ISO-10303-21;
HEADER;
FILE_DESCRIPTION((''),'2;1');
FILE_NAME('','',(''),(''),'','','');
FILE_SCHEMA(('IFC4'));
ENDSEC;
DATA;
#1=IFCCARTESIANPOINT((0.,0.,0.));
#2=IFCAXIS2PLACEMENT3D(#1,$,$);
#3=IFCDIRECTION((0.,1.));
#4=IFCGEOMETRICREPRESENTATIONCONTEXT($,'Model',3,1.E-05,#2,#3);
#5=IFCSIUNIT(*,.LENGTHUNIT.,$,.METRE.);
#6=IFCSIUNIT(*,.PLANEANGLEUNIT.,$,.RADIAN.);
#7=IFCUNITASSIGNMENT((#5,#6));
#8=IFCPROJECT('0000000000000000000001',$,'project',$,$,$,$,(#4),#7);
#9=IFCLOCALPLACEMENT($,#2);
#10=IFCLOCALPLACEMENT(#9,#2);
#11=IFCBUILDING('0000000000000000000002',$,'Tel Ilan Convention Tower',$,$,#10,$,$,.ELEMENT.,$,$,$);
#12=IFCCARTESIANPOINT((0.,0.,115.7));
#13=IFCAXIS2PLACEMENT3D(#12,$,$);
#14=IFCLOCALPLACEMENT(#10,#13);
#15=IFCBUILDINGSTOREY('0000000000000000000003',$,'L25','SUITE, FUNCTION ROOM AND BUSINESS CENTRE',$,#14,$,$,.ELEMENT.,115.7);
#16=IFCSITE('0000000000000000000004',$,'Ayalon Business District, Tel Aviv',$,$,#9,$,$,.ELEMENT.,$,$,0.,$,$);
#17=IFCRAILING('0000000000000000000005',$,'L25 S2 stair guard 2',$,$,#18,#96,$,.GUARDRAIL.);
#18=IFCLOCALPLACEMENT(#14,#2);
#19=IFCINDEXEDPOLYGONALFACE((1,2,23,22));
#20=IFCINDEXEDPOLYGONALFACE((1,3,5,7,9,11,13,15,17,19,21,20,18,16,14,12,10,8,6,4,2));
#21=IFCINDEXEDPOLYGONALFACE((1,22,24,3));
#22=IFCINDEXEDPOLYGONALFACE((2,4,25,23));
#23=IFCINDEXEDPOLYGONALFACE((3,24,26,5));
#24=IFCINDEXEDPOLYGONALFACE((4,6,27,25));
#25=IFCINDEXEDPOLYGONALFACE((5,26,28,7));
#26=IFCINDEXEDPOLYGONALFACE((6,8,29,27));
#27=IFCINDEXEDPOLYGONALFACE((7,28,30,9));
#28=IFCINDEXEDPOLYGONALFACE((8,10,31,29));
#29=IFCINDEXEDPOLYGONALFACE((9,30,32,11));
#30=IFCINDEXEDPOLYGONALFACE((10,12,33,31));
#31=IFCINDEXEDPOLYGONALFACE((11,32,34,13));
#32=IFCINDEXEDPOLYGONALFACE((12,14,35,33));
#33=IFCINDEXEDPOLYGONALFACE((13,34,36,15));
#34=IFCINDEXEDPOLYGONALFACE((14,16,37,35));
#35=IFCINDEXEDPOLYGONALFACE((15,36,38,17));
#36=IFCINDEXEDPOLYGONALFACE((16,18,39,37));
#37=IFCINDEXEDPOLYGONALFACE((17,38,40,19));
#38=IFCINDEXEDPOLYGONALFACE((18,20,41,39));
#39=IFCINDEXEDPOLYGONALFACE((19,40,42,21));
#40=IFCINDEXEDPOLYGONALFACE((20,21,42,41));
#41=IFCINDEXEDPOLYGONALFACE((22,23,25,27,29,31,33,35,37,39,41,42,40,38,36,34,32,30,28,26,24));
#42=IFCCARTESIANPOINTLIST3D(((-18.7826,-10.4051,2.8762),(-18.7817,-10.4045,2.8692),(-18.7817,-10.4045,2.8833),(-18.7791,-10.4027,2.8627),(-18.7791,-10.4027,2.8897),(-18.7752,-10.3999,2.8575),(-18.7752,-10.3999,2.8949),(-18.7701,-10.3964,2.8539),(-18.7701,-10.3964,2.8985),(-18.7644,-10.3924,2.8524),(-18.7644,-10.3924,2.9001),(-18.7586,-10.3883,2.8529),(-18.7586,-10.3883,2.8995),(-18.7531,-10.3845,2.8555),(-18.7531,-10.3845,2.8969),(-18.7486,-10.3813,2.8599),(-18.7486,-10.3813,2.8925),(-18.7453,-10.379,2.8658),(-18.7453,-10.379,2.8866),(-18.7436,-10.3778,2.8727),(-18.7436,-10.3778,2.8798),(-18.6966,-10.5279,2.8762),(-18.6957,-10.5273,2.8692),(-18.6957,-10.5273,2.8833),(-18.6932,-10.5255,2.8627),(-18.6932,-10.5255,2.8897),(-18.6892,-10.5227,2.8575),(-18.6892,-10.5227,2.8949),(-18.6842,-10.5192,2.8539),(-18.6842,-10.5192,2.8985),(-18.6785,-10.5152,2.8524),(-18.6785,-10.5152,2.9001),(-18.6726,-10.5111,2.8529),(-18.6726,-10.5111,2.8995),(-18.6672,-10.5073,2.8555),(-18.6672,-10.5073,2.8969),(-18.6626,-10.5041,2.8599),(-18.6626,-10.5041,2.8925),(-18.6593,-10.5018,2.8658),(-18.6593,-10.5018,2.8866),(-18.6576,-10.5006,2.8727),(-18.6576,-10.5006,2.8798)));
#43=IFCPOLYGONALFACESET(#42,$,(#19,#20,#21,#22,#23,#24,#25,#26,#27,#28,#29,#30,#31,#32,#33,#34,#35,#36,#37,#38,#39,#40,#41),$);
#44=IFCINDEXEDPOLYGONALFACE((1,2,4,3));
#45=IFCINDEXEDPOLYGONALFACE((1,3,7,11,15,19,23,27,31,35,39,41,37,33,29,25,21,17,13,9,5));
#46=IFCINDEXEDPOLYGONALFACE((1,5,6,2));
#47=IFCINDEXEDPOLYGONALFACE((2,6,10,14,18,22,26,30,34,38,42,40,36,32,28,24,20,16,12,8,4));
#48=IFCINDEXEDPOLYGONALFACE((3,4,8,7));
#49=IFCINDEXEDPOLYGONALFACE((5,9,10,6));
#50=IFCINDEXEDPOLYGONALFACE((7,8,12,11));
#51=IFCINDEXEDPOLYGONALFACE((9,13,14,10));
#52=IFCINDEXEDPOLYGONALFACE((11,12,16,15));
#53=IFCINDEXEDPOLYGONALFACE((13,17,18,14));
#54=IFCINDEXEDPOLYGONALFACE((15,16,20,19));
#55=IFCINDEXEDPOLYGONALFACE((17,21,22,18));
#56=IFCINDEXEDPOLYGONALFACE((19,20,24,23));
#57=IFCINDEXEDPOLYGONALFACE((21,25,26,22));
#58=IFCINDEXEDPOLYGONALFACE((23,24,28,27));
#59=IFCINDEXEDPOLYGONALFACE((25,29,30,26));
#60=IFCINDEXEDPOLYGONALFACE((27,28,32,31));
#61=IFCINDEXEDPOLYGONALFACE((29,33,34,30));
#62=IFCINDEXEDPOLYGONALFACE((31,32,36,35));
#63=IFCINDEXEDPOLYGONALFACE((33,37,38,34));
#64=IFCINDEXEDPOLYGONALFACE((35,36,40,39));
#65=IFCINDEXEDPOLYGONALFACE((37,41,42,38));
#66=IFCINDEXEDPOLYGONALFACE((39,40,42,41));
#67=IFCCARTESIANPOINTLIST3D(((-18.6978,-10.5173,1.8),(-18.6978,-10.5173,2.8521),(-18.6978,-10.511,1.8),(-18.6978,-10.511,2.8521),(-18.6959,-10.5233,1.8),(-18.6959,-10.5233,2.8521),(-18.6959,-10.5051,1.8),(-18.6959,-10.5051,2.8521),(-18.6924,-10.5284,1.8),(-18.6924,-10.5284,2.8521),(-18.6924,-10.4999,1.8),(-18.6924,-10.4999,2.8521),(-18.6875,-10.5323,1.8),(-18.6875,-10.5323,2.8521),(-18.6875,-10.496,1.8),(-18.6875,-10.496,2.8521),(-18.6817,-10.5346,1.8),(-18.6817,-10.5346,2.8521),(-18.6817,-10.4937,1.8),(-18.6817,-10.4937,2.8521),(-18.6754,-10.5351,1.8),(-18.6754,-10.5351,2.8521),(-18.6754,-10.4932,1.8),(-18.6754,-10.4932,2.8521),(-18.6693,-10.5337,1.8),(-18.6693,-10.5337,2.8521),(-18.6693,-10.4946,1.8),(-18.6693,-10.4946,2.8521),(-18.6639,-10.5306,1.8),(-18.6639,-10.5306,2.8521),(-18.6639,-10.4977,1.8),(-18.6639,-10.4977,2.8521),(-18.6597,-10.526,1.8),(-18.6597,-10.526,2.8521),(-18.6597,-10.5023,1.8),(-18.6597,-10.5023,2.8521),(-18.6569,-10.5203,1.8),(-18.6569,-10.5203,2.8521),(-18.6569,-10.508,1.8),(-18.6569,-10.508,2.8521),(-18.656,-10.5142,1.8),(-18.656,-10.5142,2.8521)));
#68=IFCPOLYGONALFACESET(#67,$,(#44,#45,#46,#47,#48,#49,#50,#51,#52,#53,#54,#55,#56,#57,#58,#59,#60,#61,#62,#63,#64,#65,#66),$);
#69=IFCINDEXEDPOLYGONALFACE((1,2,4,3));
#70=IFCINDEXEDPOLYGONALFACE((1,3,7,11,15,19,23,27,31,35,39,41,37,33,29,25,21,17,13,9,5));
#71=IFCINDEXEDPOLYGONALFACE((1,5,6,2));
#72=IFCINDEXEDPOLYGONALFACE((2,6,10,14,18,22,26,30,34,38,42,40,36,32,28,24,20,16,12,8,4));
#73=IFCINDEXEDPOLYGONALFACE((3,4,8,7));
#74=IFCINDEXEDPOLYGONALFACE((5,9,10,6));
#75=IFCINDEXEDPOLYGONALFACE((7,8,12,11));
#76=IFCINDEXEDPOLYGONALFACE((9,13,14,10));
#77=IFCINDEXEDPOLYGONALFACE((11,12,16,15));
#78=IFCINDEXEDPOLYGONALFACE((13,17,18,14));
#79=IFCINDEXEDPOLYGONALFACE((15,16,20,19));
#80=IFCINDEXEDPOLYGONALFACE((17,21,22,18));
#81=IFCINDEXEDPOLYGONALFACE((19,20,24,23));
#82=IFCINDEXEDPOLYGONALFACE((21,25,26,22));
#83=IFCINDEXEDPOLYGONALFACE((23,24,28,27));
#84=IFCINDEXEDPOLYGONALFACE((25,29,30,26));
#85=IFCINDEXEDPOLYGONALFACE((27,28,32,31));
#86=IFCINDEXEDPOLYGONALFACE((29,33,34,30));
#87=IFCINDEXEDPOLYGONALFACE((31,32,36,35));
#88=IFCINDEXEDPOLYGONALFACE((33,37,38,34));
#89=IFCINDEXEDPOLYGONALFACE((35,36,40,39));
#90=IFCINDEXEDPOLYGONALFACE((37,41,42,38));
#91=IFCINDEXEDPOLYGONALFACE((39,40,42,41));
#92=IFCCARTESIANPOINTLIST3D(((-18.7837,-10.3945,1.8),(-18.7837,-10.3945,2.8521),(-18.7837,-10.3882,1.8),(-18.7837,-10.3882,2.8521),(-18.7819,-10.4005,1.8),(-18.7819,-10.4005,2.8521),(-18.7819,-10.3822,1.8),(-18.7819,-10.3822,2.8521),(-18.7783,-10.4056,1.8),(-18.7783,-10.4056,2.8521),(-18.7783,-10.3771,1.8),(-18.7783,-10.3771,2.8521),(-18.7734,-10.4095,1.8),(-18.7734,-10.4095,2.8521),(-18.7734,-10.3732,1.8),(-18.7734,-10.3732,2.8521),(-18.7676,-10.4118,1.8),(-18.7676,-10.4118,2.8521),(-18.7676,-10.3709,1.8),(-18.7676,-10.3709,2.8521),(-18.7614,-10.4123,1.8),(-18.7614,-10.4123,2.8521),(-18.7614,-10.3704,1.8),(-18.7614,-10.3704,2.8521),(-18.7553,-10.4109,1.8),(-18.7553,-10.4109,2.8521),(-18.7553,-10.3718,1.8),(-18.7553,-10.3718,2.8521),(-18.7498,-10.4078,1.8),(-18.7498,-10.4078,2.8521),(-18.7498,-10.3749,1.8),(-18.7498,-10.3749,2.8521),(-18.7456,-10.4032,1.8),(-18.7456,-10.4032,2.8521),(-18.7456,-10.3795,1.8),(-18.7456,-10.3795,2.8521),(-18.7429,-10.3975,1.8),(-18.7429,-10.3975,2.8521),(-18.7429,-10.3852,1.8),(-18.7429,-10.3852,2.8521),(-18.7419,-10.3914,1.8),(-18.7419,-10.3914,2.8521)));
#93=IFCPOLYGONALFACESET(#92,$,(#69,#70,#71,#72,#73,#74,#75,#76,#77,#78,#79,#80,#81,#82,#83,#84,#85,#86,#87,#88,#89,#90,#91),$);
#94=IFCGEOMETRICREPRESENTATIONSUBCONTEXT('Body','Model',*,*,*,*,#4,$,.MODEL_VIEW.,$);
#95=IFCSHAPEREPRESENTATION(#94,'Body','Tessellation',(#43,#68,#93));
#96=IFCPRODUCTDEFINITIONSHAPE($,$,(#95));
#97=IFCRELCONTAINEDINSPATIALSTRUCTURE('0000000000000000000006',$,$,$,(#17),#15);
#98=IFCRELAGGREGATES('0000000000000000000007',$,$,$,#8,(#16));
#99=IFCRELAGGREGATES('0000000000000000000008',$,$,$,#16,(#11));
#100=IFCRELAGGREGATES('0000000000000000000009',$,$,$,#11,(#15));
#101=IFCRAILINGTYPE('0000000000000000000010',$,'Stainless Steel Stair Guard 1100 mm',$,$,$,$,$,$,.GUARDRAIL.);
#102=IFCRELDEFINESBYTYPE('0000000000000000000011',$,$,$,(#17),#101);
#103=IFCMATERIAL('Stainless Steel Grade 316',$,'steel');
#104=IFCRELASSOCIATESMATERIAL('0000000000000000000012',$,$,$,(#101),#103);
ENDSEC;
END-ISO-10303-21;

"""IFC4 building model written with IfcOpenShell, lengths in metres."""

from ifc_helpers import new_model, si_unit, direction, frame, origin, origin_2d, place, context, subcontext, project, spatial, circle, extrude, material, type_object, element, save


model = new_model("IFC4")

# Units and contexts
model_context = context("Model", 3, precision=1e-05, world=origin(), true_north=direction((0.0, 1.0)))
body_context = subcontext(model_context, "Body", "Model", "MODEL_VIEW")
ifc_project = project(units=[si_unit("LENGTHUNIT", "METRE"), si_unit("PLANEANGLEUNIT", "RADIAN")], contexts=[model_context])

# Site, building, storey
site_placement = place(None, origin())
site = spatial("IfcSite", under=ifc_project, at=site_placement, Name="Ayalon Business District, Tel Aviv", CompositionType="ELEMENT", RefElevation=0.0)
building_placement = place(site_placement, origin())
building = spatial("IfcBuilding", under=site, at=building_placement, Name="Tel Ilan Convention Tower", CompositionType="ELEMENT")
storey_placement = place(building_placement, frame((0.0, 0.0, 115.7)))
storey = spatial("IfcBuildingStorey", under=building, at=storey_placement, Name="L25", Description="SUITE, FUNCTION ROOM AND BUSINESS CENTRE", CompositionType="ELEMENT", Elevation=115.7)

# Railing
ifc_material_1 = material(Name="Stainless Steel Grade 316", Category="steel")
railing_type_1 = type_object("IfcRailingType", Name="Stainless Steel Stair Guard 1100 mm", PredefinedType="GUARDRAIL", material=ifc_material_1)
railing_1_placement = place(storey_placement, frame((-18.677, -10.5142, 1.8)))
element("IfcRailing", 1, at=railing_1_placement, inside=storey, type_object=railing_type_1, Name="L25 S2 stair guard 2", PredefinedType="GUARDRAIL", context=body_context, shape_type="SweptSolid", body=[
    extrude(circle(Radius=0.0239, at=origin_2d()), frame((0.0, 0.0, 1.0762), z_axis=(-0.573353, 0.819308, 0.0), x_axis=(-0.819308, -0.573353, 0.0)), (0.0, 0.0, 1.0), 0.1499),
    extrude(circle(Radius=0.021, at=origin_2d()), origin(), (0.0, 0.0, 1.0), 1.052),
    extrude(circle(Radius=0.021, at=origin_2d()), frame((-0.0859, 0.1228, 0.0)), (0.0, 0.0, 1.0), 1.052),
])

save(model, "model.ifc")
